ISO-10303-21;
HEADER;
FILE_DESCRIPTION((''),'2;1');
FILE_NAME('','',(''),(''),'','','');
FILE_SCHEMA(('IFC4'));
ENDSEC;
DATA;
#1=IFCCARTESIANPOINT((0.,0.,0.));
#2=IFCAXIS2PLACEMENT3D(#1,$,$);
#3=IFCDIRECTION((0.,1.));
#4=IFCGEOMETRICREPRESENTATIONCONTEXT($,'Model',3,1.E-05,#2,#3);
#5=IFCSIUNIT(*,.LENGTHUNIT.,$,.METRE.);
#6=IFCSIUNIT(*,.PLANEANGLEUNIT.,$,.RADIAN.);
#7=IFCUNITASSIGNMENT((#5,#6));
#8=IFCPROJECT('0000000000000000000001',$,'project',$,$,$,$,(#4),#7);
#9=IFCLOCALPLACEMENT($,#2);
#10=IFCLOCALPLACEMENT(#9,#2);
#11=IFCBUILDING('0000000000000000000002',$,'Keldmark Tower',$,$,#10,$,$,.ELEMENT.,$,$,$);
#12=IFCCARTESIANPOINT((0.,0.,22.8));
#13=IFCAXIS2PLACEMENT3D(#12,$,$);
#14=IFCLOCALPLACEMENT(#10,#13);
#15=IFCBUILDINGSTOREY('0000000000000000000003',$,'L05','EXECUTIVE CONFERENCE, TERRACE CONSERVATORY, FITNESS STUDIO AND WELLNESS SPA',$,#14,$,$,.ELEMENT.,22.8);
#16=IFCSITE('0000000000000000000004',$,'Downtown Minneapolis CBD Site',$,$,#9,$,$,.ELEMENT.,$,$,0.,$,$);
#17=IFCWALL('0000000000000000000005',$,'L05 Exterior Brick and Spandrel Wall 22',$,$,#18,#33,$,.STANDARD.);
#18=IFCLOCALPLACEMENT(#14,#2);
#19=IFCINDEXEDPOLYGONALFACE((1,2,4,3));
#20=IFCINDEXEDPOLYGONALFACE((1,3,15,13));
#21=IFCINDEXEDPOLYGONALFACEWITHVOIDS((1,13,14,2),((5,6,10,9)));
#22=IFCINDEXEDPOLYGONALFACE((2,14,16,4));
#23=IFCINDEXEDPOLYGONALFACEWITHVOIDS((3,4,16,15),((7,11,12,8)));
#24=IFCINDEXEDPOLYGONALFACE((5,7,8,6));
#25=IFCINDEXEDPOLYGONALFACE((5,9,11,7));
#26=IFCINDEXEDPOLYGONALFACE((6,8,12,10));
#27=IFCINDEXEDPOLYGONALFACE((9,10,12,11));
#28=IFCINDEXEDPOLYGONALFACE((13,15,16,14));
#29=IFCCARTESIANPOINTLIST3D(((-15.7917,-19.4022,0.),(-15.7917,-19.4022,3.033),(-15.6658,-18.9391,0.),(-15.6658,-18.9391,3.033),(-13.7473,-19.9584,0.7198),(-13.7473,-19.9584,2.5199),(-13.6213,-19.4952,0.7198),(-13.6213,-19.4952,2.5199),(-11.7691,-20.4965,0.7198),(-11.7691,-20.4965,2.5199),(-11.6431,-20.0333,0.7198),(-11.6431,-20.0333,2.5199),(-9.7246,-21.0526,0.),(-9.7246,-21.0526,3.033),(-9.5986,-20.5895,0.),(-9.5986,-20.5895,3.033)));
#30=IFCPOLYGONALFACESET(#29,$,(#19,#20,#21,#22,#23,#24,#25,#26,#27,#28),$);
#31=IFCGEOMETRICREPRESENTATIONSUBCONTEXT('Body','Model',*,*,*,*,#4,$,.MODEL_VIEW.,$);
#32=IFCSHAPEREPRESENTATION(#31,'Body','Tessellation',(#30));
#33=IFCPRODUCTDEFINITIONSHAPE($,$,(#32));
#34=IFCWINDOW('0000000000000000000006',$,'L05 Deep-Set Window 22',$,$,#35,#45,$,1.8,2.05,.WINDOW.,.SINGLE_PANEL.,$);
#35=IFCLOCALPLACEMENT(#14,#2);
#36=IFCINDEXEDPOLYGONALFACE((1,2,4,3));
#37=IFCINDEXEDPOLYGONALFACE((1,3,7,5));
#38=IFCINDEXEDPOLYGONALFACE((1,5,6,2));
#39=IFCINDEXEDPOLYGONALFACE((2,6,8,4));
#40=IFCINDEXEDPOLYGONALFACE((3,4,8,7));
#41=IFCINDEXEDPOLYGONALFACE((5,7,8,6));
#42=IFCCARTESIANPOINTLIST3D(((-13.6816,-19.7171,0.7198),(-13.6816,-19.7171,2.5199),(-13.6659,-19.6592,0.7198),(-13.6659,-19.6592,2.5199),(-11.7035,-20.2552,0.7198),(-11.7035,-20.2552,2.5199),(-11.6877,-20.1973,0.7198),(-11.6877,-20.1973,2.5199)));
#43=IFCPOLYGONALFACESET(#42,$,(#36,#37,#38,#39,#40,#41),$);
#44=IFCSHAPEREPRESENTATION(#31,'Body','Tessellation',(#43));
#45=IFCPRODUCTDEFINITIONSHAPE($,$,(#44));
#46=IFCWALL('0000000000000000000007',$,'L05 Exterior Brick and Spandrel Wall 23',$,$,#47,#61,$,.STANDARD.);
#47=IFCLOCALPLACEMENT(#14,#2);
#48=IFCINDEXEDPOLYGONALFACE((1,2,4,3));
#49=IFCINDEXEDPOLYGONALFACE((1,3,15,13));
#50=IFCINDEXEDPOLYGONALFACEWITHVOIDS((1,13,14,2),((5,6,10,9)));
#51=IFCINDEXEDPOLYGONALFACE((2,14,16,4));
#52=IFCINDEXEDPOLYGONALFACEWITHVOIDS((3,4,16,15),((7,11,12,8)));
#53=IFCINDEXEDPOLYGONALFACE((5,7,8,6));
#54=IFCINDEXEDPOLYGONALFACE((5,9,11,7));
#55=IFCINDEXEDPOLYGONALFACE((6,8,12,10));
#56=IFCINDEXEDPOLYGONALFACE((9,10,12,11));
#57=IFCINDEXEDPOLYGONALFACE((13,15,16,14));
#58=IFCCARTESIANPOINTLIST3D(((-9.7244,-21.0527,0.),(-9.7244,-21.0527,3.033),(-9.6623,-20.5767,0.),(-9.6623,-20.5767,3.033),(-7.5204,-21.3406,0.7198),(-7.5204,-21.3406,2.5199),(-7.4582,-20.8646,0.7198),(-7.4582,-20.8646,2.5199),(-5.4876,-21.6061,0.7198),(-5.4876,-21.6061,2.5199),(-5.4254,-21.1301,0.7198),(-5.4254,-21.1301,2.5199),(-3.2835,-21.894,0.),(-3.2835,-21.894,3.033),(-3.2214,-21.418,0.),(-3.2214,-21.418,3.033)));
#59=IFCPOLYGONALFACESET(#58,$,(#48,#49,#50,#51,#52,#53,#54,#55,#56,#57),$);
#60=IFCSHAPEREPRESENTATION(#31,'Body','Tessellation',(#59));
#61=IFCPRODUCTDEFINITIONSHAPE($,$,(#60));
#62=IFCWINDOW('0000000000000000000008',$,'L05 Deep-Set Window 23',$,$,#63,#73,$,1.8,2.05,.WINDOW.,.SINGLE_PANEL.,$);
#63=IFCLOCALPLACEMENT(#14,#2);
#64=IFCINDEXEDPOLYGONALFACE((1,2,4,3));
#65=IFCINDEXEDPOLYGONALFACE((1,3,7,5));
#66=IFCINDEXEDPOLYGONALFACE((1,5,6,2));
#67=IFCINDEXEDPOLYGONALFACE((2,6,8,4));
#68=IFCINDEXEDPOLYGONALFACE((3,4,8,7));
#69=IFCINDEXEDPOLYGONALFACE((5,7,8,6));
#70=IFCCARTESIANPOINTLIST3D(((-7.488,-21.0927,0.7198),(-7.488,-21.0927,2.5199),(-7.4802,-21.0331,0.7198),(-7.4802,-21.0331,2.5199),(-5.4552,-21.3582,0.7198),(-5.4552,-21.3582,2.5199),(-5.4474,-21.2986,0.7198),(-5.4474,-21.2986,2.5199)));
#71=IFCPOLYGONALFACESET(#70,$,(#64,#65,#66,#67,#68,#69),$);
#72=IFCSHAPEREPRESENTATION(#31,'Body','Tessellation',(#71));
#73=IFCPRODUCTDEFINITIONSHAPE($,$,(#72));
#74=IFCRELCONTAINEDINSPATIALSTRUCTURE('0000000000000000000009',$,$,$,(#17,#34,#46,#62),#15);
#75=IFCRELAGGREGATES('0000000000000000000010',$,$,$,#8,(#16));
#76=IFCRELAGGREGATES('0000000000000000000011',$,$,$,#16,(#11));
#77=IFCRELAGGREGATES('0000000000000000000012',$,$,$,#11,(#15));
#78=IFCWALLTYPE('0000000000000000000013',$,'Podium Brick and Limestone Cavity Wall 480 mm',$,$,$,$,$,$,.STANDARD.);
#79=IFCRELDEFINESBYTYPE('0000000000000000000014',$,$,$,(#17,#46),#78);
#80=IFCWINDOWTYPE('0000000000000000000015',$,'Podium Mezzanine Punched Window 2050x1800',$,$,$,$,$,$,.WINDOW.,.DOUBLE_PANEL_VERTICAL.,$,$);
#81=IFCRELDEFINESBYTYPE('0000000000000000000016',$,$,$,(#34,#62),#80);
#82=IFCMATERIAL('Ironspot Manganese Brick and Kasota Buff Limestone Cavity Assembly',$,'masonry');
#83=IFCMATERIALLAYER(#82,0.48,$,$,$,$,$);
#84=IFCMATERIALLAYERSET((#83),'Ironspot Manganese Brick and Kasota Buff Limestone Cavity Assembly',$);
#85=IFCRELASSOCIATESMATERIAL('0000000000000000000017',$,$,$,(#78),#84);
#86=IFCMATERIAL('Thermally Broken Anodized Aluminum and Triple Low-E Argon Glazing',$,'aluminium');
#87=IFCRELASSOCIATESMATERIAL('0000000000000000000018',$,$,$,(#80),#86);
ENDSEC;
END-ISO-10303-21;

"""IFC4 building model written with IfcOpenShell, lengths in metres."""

from ifc_helpers import new_model, si_unit, direction, frame, frame_2d, origin, place, context, subcontext, project, spatial, rectangle, extrude, material, layer, layer_set, type_object, element, fill, save


model = new_model("IFC4")

# Units and contexts
model_context = context("Model", 3, precision=1e-05, world=origin(), true_north=direction((0.0, 1.0)))
body_context = subcontext(model_context, "Body", "Model", "MODEL_VIEW")
ifc_project = project(units=[si_unit("LENGTHUNIT", "METRE"), si_unit("PLANEANGLEUNIT", "RADIAN")], contexts=[model_context])

# Site, building, storey
site_placement = place(None, origin())
site = spatial("IfcSite", under=ifc_project, at=site_placement, Name="Downtown Minneapolis CBD Site", CompositionType="ELEMENT", RefElevation=0.0)
building_placement = place(site_placement, origin())
building = spatial("IfcBuilding", under=site, at=building_placement, Name="Keldmark Tower", CompositionType="ELEMENT")
storey_placement = place(building_placement, frame((0.0, 0.0, 22.8)))
storey = spatial("IfcBuildingStorey", under=building, at=storey_placement, Name="L05", Description="EXECUTIVE CONFERENCE, TERRACE CONSERVATORY, FITNESS STUDIO AND WELLNESS SPA", CompositionType="ELEMENT", Elevation=22.8)

# Walls, openings, windows
ifc_material_1 = material(Name="Ironspot Manganese Brick and Kasota Buff Limestone Cavity Assembly", Category="masonry")
ifc_layer_1 = layer(ifc_material_1, 0.48)
ifc_layer_set_1 = layer_set([ifc_layer_1], Name="Ironspot Manganese Brick and Kasota Buff Limestone Cavity Assembly")
wall_type_1 = type_object("IfcWallType", Name="Podium Brick and Limestone Cavity Wall 480 mm", PredefinedType="STANDARD", material=ifc_layer_set_1)
wall_1_placement = place(storey_placement, frame((-9.6616, -20.821, 0.0), z_axis=(0.0, 0.0, 1.0), x_axis=(-0.964937, 0.262483, 0.0)))
wall_1 = element("IfcWall", 1, at=wall_1_placement, inside=storey, type_object=wall_type_1, Name="L05 Exterior Brick and Spandrel Wall 22", PredefinedType="STANDARD", context=body_context, shape_type="SweptSolid", body=[
    extrude(rectangle(XDim=6.2876, YDim=0.48, at=frame_2d((3.1438, 0.0))), origin(), (0.0, 0.0, 1.0), 3.033),
])
opening_1_placement = place(wall_1_placement, frame((2.1189, 0.0, 0.72)))
opening_1 = element("IfcOpeningElement", 2, at=opening_1_placement, cuts=wall_1, PredefinedType="OPENING", context=body_context, shape_type="SweptSolid", body=[
    extrude(rectangle(XDim=2.05, YDim=1.8, at=frame_2d((1.0249, 0.8999))), frame((0.0, 0.25, 0.0), z_axis=(0.0, -1.0, 0.0), x_axis=(1.0, 0.0, 0.0)), (0.0, 0.0, 1.0), 0.5),
])
ifc_material_2 = material(Name="Thermally Broken Anodized Aluminum and Triple Low-E Argon Glazing", Category="aluminium")
window_type = type_object("IfcWindowType", Name="Podium Mezzanine Punched Window 2050x1800", PartitioningType="DOUBLE_PANEL_VERTICAL", PredefinedType="WINDOW", material=ifc_material_2)
window_1_placement = place(opening_1_placement, origin())
window_1 = element("IfcWindow", 3, at=window_1_placement, inside=storey, type_object=window_type, Name="L05 Deep-Set Window 22", OverallHeight=1.8, OverallWidth=2.05, PartitioningType="SINGLE_PANEL", PredefinedType="WINDOW", context=body_context, shape_type="SweptSolid", body=[
    extrude(rectangle(XDim=2.05, YDim=1.8, at=frame_2d((1.0249, 0.8999))), frame((0.0, -0.01, 0.0), z_axis=(0.0, -1.0, 0.0), x_axis=(1.0, 0.0, 0.0)), (0.0, 0.0, 1.0), 0.0601),
])
fill(opening_1, window_1)
wall_2_placement = place(storey_placement, frame((-3.2524, -21.656, 0.0), z_axis=(0.0, 0.0, 1.0), x_axis=(-0.991577, 0.129519, 0.0)))
wall_2 = element("IfcWall", 4, at=wall_2_placement, inside=storey, type_object=wall_type_1, Name="L05 Exterior Brick and Spandrel Wall 23", PredefinedType="STANDARD", context=body_context, shape_type="SweptSolid", body=[
    extrude(rectangle(XDim=6.4956, YDim=0.48, at=frame_2d((3.2478, 0.0))), origin(), (0.0, 0.0, 1.0), 3.033),
])
opening_2_placement = place(wall_2_placement, frame((2.2229, 0.0, 0.72)))
opening_2 = element("IfcOpeningElement", 5, at=opening_2_placement, cuts=wall_2, PredefinedType="OPENING", context=body_context, shape_type="SweptSolid", body=[
    extrude(rectangle(XDim=2.05, YDim=1.8, at=frame_2d((1.0249, 0.8999))), frame((0.0, 0.25, 0.0), z_axis=(0.0, -1.0, 0.0), x_axis=(1.0, 0.0, 0.0)), (0.0, 0.0, 1.0), 0.5),
])
window_2_placement = place(opening_2_placement, origin())
window_2 = element("IfcWindow", 6, at=window_2_placement, inside=storey, type_object=window_type, Name="L05 Deep-Set Window 23", OverallHeight=1.8, OverallWidth=2.05, PartitioningType="SINGLE_PANEL", PredefinedType="WINDOW", context=body_context, shape_type="SweptSolid", body=[
    extrude(rectangle(XDim=2.05, YDim=1.8, at=frame_2d((1.0249, 0.8999))), frame((0.0, -0.01, 0.0), z_axis=(0.0, -1.0, 0.0), x_axis=(1.0, 0.0, 0.0)), (0.0, 0.0, 1.0), 0.0601),
])
fill(opening_2, window_2)

save(model, "model.ifc")
